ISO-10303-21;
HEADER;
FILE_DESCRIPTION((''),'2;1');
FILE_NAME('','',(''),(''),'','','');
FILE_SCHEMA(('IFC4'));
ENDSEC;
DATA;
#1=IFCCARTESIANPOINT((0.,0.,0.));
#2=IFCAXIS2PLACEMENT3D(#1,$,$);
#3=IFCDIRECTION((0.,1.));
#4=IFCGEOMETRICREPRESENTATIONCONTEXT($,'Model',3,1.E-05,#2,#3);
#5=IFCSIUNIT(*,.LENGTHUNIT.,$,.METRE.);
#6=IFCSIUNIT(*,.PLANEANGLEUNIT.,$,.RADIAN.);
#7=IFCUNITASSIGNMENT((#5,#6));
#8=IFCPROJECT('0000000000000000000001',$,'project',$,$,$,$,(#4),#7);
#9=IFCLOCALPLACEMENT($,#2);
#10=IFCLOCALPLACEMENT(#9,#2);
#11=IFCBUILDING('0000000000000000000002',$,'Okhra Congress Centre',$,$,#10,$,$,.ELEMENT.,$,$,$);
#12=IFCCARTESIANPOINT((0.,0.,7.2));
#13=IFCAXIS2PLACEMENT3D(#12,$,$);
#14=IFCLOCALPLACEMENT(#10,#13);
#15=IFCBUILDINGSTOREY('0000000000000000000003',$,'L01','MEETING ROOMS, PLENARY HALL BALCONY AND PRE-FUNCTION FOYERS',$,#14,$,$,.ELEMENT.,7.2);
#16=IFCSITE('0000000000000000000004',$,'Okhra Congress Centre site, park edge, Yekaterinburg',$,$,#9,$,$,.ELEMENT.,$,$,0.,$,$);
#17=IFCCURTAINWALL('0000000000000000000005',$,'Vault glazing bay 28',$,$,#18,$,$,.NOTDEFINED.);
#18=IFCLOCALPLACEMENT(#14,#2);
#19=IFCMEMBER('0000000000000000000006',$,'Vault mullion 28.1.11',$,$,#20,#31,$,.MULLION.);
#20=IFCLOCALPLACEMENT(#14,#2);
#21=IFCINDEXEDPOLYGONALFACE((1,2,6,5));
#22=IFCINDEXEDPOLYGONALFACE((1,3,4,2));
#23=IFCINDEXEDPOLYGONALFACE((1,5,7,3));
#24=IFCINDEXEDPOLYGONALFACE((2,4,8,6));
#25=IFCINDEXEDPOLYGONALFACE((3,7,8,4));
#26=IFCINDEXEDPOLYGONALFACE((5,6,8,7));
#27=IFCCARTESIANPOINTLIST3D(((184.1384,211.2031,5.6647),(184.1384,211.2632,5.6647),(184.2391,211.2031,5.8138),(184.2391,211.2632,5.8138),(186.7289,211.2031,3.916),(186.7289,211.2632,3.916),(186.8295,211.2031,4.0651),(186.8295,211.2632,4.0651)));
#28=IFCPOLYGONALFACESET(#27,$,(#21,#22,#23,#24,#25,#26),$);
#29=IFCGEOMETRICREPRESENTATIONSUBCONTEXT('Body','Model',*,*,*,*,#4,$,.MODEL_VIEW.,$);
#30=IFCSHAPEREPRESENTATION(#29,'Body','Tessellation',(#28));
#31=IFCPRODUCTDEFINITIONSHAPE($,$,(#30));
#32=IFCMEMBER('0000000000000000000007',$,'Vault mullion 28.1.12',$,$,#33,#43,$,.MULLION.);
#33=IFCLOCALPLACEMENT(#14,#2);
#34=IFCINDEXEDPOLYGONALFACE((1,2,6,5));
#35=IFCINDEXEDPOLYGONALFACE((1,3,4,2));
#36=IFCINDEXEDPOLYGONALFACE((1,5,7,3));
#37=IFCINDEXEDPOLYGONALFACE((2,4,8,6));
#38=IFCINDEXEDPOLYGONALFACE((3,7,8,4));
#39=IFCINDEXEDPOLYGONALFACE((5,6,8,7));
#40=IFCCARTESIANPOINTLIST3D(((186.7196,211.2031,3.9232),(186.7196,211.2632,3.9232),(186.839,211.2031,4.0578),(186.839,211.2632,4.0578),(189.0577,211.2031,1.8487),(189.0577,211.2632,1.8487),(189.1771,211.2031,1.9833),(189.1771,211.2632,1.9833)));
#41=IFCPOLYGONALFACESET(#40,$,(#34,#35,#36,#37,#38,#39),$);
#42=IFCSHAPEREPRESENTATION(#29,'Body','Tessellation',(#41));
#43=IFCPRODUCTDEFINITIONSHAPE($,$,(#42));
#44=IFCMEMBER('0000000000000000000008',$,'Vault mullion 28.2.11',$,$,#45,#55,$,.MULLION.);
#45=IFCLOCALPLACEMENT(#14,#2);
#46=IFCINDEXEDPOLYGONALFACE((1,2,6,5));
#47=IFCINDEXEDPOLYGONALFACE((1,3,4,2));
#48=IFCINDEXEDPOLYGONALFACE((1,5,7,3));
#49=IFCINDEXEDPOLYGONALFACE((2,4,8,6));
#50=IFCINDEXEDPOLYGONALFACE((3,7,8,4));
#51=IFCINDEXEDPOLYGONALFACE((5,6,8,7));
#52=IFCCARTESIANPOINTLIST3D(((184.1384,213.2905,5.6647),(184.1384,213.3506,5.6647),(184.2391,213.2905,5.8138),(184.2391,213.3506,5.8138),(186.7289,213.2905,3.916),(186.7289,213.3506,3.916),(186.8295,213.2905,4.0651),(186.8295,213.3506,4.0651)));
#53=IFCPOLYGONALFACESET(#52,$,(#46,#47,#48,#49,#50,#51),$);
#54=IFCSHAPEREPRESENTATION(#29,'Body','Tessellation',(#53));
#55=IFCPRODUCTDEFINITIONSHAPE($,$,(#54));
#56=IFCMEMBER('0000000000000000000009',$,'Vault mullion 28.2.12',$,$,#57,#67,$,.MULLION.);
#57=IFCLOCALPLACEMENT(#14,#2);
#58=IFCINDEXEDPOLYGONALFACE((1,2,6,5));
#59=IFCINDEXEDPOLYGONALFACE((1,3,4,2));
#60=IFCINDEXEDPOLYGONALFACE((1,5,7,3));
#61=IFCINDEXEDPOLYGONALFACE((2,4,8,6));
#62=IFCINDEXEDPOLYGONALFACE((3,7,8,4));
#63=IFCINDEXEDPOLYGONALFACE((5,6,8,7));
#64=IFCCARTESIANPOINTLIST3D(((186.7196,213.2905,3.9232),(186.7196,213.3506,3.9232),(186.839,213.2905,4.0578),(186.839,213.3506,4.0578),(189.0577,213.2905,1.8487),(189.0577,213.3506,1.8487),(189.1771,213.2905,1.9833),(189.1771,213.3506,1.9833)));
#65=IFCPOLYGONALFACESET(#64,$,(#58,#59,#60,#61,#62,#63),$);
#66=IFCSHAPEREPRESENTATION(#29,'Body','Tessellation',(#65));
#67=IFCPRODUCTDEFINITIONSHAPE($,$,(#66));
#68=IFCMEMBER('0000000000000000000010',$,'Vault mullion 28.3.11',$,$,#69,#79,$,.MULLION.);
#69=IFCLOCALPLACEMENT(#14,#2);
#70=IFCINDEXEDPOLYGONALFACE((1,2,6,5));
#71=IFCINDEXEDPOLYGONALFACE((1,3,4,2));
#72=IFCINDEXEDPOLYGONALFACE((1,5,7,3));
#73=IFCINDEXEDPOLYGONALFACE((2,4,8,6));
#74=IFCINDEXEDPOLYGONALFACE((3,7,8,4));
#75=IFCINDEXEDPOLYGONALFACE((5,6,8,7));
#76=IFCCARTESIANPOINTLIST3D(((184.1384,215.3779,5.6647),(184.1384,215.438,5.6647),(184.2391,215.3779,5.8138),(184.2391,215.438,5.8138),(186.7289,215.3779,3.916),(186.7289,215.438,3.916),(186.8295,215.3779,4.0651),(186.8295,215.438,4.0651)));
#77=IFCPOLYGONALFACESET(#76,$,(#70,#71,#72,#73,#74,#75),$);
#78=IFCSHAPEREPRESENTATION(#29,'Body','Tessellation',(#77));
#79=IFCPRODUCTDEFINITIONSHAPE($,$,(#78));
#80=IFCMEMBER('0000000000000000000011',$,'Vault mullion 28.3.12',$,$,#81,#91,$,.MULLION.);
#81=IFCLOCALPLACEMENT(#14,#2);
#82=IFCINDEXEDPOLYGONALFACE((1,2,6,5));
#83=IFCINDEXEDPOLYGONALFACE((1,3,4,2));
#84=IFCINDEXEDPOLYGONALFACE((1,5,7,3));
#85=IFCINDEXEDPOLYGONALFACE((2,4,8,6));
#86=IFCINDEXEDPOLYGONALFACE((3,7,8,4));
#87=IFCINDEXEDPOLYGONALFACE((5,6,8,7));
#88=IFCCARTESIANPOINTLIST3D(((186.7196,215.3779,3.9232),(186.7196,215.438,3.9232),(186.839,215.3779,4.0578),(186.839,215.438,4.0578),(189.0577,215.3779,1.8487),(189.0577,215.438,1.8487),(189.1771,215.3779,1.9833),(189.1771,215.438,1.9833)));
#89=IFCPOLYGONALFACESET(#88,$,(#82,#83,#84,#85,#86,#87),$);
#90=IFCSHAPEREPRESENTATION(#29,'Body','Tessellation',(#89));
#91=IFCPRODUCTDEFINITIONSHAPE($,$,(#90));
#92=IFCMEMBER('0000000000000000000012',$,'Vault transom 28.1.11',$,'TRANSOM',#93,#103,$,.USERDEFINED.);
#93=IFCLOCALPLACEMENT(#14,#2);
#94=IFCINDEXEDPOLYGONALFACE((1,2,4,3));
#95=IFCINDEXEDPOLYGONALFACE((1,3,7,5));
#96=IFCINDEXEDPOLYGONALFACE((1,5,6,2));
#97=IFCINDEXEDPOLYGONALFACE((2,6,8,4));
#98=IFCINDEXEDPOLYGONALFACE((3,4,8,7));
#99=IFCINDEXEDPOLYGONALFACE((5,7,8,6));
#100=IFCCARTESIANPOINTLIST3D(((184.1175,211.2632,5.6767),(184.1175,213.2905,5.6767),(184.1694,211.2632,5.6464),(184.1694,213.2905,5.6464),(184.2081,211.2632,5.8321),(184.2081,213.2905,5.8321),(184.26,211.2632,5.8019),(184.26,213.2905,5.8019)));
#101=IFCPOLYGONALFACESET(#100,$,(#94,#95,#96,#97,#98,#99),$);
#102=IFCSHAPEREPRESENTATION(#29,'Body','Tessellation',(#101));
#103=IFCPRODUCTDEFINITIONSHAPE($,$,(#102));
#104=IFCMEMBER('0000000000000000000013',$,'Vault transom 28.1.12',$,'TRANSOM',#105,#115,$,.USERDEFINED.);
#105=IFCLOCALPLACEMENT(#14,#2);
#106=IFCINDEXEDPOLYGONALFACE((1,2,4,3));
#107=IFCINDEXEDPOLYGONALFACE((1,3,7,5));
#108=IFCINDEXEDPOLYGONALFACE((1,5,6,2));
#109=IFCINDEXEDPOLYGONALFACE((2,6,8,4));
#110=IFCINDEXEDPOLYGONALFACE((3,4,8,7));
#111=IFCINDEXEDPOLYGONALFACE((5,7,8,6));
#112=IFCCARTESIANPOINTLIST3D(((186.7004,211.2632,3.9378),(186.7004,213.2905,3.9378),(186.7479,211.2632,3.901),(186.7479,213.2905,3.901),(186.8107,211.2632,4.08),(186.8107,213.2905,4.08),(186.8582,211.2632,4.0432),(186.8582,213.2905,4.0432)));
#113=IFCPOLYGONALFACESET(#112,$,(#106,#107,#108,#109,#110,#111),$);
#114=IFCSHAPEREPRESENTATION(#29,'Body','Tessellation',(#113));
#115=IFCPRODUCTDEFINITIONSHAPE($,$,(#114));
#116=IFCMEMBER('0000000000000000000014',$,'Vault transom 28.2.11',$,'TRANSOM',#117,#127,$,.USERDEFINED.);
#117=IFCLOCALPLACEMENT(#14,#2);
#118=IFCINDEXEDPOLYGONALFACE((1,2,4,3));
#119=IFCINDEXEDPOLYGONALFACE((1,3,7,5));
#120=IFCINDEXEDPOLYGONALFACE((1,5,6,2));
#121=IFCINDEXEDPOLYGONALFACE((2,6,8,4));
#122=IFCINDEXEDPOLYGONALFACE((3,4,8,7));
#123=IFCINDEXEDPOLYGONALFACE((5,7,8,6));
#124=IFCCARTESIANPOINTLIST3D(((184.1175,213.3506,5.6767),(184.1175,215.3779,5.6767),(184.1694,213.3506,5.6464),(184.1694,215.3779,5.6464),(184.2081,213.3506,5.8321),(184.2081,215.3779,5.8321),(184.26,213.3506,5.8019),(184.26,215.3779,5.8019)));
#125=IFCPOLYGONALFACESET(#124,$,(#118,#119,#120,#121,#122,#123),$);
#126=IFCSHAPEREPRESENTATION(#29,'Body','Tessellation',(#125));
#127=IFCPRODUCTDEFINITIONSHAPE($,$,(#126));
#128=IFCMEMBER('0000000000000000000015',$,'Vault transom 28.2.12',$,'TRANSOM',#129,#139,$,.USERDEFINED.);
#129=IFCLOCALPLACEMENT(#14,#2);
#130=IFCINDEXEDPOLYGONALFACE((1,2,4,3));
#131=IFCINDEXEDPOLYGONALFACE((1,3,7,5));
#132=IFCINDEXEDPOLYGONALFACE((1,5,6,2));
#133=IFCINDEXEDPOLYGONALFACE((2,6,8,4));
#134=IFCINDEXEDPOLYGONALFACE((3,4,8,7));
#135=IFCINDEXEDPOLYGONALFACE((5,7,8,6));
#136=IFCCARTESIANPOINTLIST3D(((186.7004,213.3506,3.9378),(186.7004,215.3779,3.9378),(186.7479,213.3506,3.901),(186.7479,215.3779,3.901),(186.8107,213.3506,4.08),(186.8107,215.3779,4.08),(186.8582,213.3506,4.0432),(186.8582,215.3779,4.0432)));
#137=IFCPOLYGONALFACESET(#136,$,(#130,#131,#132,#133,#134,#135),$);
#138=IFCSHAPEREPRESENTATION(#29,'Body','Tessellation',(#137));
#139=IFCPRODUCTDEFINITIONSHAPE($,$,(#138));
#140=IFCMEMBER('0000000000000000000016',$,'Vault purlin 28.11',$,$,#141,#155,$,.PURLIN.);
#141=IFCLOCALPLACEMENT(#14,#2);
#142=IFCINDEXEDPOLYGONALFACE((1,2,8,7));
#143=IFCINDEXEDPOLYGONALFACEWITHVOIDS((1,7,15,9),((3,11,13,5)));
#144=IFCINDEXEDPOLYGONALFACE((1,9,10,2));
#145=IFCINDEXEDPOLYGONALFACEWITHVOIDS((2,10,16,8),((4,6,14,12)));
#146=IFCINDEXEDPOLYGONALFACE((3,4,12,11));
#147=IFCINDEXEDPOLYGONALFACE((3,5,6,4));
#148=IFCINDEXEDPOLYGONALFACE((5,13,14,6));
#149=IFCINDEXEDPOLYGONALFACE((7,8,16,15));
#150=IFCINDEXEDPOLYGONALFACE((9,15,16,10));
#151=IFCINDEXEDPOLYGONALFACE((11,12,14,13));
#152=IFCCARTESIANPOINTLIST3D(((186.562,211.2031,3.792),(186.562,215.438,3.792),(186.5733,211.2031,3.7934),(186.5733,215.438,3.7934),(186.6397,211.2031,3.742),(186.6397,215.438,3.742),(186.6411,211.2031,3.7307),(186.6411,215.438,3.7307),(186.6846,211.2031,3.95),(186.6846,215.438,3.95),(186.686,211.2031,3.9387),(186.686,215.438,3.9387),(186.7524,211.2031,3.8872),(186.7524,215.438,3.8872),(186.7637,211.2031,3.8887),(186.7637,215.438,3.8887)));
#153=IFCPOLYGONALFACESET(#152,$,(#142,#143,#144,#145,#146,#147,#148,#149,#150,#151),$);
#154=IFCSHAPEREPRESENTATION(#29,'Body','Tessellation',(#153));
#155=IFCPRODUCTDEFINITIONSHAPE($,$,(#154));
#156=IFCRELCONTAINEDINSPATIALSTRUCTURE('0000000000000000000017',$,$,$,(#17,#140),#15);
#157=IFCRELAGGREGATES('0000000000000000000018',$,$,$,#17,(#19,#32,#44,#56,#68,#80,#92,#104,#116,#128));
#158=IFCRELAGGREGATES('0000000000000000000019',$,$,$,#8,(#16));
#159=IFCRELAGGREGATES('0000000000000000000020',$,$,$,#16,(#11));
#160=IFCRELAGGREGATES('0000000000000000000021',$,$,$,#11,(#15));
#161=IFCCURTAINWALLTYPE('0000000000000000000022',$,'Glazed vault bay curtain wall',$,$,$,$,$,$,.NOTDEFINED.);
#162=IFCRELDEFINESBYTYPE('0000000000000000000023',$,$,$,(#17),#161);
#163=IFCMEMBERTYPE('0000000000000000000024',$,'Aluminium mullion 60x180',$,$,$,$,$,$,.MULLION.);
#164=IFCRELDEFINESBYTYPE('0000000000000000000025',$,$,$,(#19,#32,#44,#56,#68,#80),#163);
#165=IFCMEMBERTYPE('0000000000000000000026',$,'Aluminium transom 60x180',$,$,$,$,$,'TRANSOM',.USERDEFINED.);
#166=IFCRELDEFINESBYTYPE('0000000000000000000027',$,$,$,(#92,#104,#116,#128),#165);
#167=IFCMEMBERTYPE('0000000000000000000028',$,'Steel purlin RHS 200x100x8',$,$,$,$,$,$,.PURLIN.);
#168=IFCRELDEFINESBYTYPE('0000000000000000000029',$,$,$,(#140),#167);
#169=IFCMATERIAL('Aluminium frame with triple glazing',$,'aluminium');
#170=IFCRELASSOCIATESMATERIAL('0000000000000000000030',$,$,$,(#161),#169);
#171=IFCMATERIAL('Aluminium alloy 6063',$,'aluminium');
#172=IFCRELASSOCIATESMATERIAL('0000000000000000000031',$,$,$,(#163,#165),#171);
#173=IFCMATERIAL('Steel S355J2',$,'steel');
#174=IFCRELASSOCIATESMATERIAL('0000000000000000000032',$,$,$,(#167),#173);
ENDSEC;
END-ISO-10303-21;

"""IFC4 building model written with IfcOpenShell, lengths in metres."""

from ifc_helpers import new_model, si_unit, direction, frame, origin, origin_2d, place, context, subcontext, project, spatial, rectangle, hollow_rectangle, extrude, material, material_profile, profile_set, type_object, element, aggregate, save


model = new_model("IFC4")

# Units and contexts
model_context = context("Model", 3, precision=1e-05, world=origin(), true_north=direction((0.0, 1.0)))
body_context = subcontext(model_context, "Body", "Model", "MODEL_VIEW")
ifc_project = project(units=[si_unit("LENGTHUNIT", "METRE"), si_unit("PLANEANGLEUNIT", "RADIAN")], contexts=[model_context])

# Site, building, storey
site_placement = place(None, origin())
site = spatial("IfcSite", under=ifc_project, at=site_placement, Name="Okhra Congress Centre site, park edge, Yekaterinburg", CompositionType="ELEMENT", RefElevation=0.0)
building_placement = place(site_placement, origin())
building = spatial("IfcBuilding", under=site, at=building_placement, Name="Okhra Congress Centre", CompositionType="ELEMENT")
storey_placement = place(building_placement, frame((0.0, 0.0, 7.2)))
storey = spatial("IfcBuildingStorey", under=building, at=storey_placement, Name="L01", Description="MEETING ROOMS, PLENARY HALL BALCONY AND PRE-FUNCTION FOYERS", CompositionType="ELEMENT", Elevation=7.2)

# Curtain wall, members
ifc_material_1 = material(Name="Aluminium frame with triple glazing", Category="aluminium")
curtain_wall_type = type_object("IfcCurtainWallType", Name="Glazed vault bay curtain wall", PredefinedType="NOTDEFINED", material=ifc_material_1)
curtain_wall_placement = place(storey_placement, origin())
curtain_wall = element("IfcCurtainWall", 1, at=curtain_wall_placement, inside=storey, type_object=curtain_wall_type, Name="Vault glazing bay 28", PredefinedType="NOTDEFINED")
ifc_material_2 = material(Name="Aluminium alloy 6063", Category="aluminium")
ifc_material_profile_1 = material_profile(ifc_material_2, rectangle(XDim=0.0601, YDim=0.1799, at=origin_2d()), Name="AL 60x180")
ifc_profile_set_1 = profile_set([ifc_material_profile_1], Name="Aluminium alloy 6063")
member_type_1 = type_object("IfcMemberType", Name="Aluminium mullion 60x180", PredefinedType="MULLION", material=ifc_profile_set_1)
member_1_placement = place(storey_placement, frame((184.1887, 211.2332, 5.7393), z_axis=(0.828828, 0.0, -0.559504), x_axis=(0.0, 1.0, 0.0)))
member_1 = element("IfcMember", 2, at=member_1_placement, type_object=member_type_1, Name="Vault mullion 28.1.11", PredefinedType="MULLION", context=body_context, shape_type="SweptSolid", body=[
    extrude(rectangle(XDim=0.0601, YDim=0.1799, at=origin_2d()), origin(), (0.0, 0.0, 1.0), 3.1255),
])
member_2_placement = place(storey_placement, frame((186.7793, 211.2332, 3.9905), z_axis=(0.748025, 0.0, -0.66367), x_axis=(0.0, 1.0, 0.0)))
member_2 = element("IfcMember", 3, at=member_2_placement, type_object=member_type_1, Name="Vault mullion 28.1.12", PredefinedType="MULLION", context=body_context, shape_type="SweptSolid", body=[
    extrude(rectangle(XDim=0.0601, YDim=0.1799, at=origin_2d()), origin(), (0.0, 0.0, 1.0), 3.1257),
])
member_3_placement = place(storey_placement, frame((184.1887, 213.3206, 5.7393), z_axis=(0.828828, 0.0, -0.559504), x_axis=(0.0, 1.0, 0.0)))
member_3 = element("IfcMember", 4, at=member_3_placement, type_object=member_type_1, Name="Vault mullion 28.2.11", PredefinedType="MULLION", context=body_context, shape_type="SweptSolid", body=[
    extrude(rectangle(XDim=0.0601, YDim=0.1799, at=origin_2d()), origin(), (0.0, 0.0, 1.0), 3.1255),
])
member_4_placement = place(storey_placement, frame((186.7793, 213.3206, 3.9905), z_axis=(0.748025, 0.0, -0.66367), x_axis=(0.0, 1.0, 0.0)))
member_4 = element("IfcMember", 5, at=member_4_placement, type_object=member_type_1, Name="Vault mullion 28.2.12", PredefinedType="MULLION", context=body_context, shape_type="SweptSolid", body=[
    extrude(rectangle(XDim=0.0601, YDim=0.1799, at=origin_2d()), origin(), (0.0, 0.0, 1.0), 3.1257),
])
member_5_placement = place(storey_placement, frame((184.1887, 215.408, 5.7393), z_axis=(0.828828, 0.0, -0.559504), x_axis=(0.0, 1.0, 0.0)))
member_5 = element("IfcMember", 6, at=member_5_placement, type_object=member_type_1, Name="Vault mullion 28.3.11", PredefinedType="MULLION", context=body_context, shape_type="SweptSolid", body=[
    extrude(rectangle(XDim=0.0601, YDim=0.1799, at=origin_2d()), origin(), (0.0, 0.0, 1.0), 3.1255),
])
member_6_placement = place(storey_placement, frame((186.7793, 215.408, 3.9905), z_axis=(0.748025, 0.0, -0.66367), x_axis=(0.0, 1.0, 0.0)))
member_6 = element("IfcMember", 7, at=member_6_placement, type_object=member_type_1, Name="Vault mullion 28.3.12", PredefinedType="MULLION", context=body_context, shape_type="SweptSolid", body=[
    extrude(rectangle(XDim=0.0601, YDim=0.1799, at=origin_2d()), origin(), (0.0, 0.0, 1.0), 3.1257),
])
ifc_material_profile_2 = material_profile(ifc_material_2, rectangle(XDim=0.0601, YDim=0.1799, at=origin_2d()), Name="AL 60x180 transom")
ifc_profile_set_2 = profile_set([ifc_material_profile_2], Name="Aluminium alloy 6063")
member_type_2 = type_object("IfcMemberType", Name="Aluminium transom 60x180", ElementType="TRANSOM", PredefinedType="USERDEFINED", material=ifc_profile_set_2)
member_7_placement = place(storey_placement, frame((184.1887, 211.2632, 5.7393), z_axis=(0.0, 1.0, 0.0), x_axis=(-0.863917, 0.0, 0.503634)))
member_7 = element("IfcMember", 8, at=member_7_placement, type_object=member_type_2, Name="Vault transom 28.1.11", ObjectType="TRANSOM", PredefinedType="USERDEFINED", context=body_context, shape_type="SweptSolid", body=[
    extrude(rectangle(XDim=0.0601, YDim=0.1799, at=origin_2d()), origin(), (0.0, 0.0, 1.0), 2.0273),
])
member_8_placement = place(storey_placement, frame((186.7793, 211.2632, 3.9905), z_axis=(0.0, 1.0, 0.0), x_axis=(-0.790145, 0.0, 0.61292)))
member_8 = element("IfcMember", 9, at=member_8_placement, type_object=member_type_2, Name="Vault transom 28.1.12", ObjectType="TRANSOM", PredefinedType="USERDEFINED", context=body_context, shape_type="SweptSolid", body=[
    extrude(rectangle(XDim=0.0601, YDim=0.1799, at=origin_2d()), origin(), (0.0, 0.0, 1.0), 2.0273),
])
member_9_placement = place(storey_placement, frame((184.1887, 213.3506, 5.7393), z_axis=(0.0, 1.0, 0.0), x_axis=(-0.863917, 0.0, 0.503634)))
member_9 = element("IfcMember", 10, at=member_9_placement, type_object=member_type_2, Name="Vault transom 28.2.11", ObjectType="TRANSOM", PredefinedType="USERDEFINED", context=body_context, shape_type="SweptSolid", body=[
    extrude(rectangle(XDim=0.0601, YDim=0.1799, at=origin_2d()), origin(), (0.0, 0.0, 1.0), 2.0273),
])
member_10_placement = place(storey_placement, frame((186.7793, 213.3506, 3.9905), z_axis=(0.0, 1.0, 0.0), x_axis=(-0.790145, 0.0, 0.61292)))
member_10 = element("IfcMember", 11, at=member_10_placement, type_object=member_type_2, Name="Vault transom 28.2.12", ObjectType="TRANSOM", PredefinedType="USERDEFINED", context=body_context, shape_type="SweptSolid", body=[
    extrude(rectangle(XDim=0.0601, YDim=0.1799, at=origin_2d()), origin(), (0.0, 0.0, 1.0), 2.0273),
])

# Member
ifc_material_3 = material(Name="Steel S355J2", Category="steel")
ifc_material_profile_3 = material_profile(ifc_material_3, hollow_rectangle(XDim=0.1001, YDim=0.2, WallThickness=0.0081, at=origin_2d()), Name="RHS 200x100x8")
ifc_profile_set_3 = profile_set([ifc_material_profile_3], Name="Steel S355J2")
member_type_3 = type_object("IfcMemberType", Name="Steel purlin RHS 200x100x8", PredefinedType="PURLIN", material=ifc_profile_set_3)
member_11_placement = place(storey_placement, frame((186.6628, 211.2031, 3.8403), z_axis=(0.0, 1.0, 0.0), x_axis=(-0.790145, 0.0, 0.61292)))
element("IfcMember", 12, at=member_11_placement, inside=storey, type_object=member_type_3, Name="Vault purlin 28.11", PredefinedType="PURLIN", context=body_context, shape_type="SweptSolid", body=[
    extrude(hollow_rectangle(XDim=0.1001, YDim=0.2, WallThickness=0.0081, at=origin_2d()), origin(), (0.0, 0.0, 1.0), 4.2349),
])

aggregate(curtain_wall, [member_1, member_2, member_3, member_4, member_5, member_6, member_7, member_8, member_9, member_10])

save(model, "model.ifc")
